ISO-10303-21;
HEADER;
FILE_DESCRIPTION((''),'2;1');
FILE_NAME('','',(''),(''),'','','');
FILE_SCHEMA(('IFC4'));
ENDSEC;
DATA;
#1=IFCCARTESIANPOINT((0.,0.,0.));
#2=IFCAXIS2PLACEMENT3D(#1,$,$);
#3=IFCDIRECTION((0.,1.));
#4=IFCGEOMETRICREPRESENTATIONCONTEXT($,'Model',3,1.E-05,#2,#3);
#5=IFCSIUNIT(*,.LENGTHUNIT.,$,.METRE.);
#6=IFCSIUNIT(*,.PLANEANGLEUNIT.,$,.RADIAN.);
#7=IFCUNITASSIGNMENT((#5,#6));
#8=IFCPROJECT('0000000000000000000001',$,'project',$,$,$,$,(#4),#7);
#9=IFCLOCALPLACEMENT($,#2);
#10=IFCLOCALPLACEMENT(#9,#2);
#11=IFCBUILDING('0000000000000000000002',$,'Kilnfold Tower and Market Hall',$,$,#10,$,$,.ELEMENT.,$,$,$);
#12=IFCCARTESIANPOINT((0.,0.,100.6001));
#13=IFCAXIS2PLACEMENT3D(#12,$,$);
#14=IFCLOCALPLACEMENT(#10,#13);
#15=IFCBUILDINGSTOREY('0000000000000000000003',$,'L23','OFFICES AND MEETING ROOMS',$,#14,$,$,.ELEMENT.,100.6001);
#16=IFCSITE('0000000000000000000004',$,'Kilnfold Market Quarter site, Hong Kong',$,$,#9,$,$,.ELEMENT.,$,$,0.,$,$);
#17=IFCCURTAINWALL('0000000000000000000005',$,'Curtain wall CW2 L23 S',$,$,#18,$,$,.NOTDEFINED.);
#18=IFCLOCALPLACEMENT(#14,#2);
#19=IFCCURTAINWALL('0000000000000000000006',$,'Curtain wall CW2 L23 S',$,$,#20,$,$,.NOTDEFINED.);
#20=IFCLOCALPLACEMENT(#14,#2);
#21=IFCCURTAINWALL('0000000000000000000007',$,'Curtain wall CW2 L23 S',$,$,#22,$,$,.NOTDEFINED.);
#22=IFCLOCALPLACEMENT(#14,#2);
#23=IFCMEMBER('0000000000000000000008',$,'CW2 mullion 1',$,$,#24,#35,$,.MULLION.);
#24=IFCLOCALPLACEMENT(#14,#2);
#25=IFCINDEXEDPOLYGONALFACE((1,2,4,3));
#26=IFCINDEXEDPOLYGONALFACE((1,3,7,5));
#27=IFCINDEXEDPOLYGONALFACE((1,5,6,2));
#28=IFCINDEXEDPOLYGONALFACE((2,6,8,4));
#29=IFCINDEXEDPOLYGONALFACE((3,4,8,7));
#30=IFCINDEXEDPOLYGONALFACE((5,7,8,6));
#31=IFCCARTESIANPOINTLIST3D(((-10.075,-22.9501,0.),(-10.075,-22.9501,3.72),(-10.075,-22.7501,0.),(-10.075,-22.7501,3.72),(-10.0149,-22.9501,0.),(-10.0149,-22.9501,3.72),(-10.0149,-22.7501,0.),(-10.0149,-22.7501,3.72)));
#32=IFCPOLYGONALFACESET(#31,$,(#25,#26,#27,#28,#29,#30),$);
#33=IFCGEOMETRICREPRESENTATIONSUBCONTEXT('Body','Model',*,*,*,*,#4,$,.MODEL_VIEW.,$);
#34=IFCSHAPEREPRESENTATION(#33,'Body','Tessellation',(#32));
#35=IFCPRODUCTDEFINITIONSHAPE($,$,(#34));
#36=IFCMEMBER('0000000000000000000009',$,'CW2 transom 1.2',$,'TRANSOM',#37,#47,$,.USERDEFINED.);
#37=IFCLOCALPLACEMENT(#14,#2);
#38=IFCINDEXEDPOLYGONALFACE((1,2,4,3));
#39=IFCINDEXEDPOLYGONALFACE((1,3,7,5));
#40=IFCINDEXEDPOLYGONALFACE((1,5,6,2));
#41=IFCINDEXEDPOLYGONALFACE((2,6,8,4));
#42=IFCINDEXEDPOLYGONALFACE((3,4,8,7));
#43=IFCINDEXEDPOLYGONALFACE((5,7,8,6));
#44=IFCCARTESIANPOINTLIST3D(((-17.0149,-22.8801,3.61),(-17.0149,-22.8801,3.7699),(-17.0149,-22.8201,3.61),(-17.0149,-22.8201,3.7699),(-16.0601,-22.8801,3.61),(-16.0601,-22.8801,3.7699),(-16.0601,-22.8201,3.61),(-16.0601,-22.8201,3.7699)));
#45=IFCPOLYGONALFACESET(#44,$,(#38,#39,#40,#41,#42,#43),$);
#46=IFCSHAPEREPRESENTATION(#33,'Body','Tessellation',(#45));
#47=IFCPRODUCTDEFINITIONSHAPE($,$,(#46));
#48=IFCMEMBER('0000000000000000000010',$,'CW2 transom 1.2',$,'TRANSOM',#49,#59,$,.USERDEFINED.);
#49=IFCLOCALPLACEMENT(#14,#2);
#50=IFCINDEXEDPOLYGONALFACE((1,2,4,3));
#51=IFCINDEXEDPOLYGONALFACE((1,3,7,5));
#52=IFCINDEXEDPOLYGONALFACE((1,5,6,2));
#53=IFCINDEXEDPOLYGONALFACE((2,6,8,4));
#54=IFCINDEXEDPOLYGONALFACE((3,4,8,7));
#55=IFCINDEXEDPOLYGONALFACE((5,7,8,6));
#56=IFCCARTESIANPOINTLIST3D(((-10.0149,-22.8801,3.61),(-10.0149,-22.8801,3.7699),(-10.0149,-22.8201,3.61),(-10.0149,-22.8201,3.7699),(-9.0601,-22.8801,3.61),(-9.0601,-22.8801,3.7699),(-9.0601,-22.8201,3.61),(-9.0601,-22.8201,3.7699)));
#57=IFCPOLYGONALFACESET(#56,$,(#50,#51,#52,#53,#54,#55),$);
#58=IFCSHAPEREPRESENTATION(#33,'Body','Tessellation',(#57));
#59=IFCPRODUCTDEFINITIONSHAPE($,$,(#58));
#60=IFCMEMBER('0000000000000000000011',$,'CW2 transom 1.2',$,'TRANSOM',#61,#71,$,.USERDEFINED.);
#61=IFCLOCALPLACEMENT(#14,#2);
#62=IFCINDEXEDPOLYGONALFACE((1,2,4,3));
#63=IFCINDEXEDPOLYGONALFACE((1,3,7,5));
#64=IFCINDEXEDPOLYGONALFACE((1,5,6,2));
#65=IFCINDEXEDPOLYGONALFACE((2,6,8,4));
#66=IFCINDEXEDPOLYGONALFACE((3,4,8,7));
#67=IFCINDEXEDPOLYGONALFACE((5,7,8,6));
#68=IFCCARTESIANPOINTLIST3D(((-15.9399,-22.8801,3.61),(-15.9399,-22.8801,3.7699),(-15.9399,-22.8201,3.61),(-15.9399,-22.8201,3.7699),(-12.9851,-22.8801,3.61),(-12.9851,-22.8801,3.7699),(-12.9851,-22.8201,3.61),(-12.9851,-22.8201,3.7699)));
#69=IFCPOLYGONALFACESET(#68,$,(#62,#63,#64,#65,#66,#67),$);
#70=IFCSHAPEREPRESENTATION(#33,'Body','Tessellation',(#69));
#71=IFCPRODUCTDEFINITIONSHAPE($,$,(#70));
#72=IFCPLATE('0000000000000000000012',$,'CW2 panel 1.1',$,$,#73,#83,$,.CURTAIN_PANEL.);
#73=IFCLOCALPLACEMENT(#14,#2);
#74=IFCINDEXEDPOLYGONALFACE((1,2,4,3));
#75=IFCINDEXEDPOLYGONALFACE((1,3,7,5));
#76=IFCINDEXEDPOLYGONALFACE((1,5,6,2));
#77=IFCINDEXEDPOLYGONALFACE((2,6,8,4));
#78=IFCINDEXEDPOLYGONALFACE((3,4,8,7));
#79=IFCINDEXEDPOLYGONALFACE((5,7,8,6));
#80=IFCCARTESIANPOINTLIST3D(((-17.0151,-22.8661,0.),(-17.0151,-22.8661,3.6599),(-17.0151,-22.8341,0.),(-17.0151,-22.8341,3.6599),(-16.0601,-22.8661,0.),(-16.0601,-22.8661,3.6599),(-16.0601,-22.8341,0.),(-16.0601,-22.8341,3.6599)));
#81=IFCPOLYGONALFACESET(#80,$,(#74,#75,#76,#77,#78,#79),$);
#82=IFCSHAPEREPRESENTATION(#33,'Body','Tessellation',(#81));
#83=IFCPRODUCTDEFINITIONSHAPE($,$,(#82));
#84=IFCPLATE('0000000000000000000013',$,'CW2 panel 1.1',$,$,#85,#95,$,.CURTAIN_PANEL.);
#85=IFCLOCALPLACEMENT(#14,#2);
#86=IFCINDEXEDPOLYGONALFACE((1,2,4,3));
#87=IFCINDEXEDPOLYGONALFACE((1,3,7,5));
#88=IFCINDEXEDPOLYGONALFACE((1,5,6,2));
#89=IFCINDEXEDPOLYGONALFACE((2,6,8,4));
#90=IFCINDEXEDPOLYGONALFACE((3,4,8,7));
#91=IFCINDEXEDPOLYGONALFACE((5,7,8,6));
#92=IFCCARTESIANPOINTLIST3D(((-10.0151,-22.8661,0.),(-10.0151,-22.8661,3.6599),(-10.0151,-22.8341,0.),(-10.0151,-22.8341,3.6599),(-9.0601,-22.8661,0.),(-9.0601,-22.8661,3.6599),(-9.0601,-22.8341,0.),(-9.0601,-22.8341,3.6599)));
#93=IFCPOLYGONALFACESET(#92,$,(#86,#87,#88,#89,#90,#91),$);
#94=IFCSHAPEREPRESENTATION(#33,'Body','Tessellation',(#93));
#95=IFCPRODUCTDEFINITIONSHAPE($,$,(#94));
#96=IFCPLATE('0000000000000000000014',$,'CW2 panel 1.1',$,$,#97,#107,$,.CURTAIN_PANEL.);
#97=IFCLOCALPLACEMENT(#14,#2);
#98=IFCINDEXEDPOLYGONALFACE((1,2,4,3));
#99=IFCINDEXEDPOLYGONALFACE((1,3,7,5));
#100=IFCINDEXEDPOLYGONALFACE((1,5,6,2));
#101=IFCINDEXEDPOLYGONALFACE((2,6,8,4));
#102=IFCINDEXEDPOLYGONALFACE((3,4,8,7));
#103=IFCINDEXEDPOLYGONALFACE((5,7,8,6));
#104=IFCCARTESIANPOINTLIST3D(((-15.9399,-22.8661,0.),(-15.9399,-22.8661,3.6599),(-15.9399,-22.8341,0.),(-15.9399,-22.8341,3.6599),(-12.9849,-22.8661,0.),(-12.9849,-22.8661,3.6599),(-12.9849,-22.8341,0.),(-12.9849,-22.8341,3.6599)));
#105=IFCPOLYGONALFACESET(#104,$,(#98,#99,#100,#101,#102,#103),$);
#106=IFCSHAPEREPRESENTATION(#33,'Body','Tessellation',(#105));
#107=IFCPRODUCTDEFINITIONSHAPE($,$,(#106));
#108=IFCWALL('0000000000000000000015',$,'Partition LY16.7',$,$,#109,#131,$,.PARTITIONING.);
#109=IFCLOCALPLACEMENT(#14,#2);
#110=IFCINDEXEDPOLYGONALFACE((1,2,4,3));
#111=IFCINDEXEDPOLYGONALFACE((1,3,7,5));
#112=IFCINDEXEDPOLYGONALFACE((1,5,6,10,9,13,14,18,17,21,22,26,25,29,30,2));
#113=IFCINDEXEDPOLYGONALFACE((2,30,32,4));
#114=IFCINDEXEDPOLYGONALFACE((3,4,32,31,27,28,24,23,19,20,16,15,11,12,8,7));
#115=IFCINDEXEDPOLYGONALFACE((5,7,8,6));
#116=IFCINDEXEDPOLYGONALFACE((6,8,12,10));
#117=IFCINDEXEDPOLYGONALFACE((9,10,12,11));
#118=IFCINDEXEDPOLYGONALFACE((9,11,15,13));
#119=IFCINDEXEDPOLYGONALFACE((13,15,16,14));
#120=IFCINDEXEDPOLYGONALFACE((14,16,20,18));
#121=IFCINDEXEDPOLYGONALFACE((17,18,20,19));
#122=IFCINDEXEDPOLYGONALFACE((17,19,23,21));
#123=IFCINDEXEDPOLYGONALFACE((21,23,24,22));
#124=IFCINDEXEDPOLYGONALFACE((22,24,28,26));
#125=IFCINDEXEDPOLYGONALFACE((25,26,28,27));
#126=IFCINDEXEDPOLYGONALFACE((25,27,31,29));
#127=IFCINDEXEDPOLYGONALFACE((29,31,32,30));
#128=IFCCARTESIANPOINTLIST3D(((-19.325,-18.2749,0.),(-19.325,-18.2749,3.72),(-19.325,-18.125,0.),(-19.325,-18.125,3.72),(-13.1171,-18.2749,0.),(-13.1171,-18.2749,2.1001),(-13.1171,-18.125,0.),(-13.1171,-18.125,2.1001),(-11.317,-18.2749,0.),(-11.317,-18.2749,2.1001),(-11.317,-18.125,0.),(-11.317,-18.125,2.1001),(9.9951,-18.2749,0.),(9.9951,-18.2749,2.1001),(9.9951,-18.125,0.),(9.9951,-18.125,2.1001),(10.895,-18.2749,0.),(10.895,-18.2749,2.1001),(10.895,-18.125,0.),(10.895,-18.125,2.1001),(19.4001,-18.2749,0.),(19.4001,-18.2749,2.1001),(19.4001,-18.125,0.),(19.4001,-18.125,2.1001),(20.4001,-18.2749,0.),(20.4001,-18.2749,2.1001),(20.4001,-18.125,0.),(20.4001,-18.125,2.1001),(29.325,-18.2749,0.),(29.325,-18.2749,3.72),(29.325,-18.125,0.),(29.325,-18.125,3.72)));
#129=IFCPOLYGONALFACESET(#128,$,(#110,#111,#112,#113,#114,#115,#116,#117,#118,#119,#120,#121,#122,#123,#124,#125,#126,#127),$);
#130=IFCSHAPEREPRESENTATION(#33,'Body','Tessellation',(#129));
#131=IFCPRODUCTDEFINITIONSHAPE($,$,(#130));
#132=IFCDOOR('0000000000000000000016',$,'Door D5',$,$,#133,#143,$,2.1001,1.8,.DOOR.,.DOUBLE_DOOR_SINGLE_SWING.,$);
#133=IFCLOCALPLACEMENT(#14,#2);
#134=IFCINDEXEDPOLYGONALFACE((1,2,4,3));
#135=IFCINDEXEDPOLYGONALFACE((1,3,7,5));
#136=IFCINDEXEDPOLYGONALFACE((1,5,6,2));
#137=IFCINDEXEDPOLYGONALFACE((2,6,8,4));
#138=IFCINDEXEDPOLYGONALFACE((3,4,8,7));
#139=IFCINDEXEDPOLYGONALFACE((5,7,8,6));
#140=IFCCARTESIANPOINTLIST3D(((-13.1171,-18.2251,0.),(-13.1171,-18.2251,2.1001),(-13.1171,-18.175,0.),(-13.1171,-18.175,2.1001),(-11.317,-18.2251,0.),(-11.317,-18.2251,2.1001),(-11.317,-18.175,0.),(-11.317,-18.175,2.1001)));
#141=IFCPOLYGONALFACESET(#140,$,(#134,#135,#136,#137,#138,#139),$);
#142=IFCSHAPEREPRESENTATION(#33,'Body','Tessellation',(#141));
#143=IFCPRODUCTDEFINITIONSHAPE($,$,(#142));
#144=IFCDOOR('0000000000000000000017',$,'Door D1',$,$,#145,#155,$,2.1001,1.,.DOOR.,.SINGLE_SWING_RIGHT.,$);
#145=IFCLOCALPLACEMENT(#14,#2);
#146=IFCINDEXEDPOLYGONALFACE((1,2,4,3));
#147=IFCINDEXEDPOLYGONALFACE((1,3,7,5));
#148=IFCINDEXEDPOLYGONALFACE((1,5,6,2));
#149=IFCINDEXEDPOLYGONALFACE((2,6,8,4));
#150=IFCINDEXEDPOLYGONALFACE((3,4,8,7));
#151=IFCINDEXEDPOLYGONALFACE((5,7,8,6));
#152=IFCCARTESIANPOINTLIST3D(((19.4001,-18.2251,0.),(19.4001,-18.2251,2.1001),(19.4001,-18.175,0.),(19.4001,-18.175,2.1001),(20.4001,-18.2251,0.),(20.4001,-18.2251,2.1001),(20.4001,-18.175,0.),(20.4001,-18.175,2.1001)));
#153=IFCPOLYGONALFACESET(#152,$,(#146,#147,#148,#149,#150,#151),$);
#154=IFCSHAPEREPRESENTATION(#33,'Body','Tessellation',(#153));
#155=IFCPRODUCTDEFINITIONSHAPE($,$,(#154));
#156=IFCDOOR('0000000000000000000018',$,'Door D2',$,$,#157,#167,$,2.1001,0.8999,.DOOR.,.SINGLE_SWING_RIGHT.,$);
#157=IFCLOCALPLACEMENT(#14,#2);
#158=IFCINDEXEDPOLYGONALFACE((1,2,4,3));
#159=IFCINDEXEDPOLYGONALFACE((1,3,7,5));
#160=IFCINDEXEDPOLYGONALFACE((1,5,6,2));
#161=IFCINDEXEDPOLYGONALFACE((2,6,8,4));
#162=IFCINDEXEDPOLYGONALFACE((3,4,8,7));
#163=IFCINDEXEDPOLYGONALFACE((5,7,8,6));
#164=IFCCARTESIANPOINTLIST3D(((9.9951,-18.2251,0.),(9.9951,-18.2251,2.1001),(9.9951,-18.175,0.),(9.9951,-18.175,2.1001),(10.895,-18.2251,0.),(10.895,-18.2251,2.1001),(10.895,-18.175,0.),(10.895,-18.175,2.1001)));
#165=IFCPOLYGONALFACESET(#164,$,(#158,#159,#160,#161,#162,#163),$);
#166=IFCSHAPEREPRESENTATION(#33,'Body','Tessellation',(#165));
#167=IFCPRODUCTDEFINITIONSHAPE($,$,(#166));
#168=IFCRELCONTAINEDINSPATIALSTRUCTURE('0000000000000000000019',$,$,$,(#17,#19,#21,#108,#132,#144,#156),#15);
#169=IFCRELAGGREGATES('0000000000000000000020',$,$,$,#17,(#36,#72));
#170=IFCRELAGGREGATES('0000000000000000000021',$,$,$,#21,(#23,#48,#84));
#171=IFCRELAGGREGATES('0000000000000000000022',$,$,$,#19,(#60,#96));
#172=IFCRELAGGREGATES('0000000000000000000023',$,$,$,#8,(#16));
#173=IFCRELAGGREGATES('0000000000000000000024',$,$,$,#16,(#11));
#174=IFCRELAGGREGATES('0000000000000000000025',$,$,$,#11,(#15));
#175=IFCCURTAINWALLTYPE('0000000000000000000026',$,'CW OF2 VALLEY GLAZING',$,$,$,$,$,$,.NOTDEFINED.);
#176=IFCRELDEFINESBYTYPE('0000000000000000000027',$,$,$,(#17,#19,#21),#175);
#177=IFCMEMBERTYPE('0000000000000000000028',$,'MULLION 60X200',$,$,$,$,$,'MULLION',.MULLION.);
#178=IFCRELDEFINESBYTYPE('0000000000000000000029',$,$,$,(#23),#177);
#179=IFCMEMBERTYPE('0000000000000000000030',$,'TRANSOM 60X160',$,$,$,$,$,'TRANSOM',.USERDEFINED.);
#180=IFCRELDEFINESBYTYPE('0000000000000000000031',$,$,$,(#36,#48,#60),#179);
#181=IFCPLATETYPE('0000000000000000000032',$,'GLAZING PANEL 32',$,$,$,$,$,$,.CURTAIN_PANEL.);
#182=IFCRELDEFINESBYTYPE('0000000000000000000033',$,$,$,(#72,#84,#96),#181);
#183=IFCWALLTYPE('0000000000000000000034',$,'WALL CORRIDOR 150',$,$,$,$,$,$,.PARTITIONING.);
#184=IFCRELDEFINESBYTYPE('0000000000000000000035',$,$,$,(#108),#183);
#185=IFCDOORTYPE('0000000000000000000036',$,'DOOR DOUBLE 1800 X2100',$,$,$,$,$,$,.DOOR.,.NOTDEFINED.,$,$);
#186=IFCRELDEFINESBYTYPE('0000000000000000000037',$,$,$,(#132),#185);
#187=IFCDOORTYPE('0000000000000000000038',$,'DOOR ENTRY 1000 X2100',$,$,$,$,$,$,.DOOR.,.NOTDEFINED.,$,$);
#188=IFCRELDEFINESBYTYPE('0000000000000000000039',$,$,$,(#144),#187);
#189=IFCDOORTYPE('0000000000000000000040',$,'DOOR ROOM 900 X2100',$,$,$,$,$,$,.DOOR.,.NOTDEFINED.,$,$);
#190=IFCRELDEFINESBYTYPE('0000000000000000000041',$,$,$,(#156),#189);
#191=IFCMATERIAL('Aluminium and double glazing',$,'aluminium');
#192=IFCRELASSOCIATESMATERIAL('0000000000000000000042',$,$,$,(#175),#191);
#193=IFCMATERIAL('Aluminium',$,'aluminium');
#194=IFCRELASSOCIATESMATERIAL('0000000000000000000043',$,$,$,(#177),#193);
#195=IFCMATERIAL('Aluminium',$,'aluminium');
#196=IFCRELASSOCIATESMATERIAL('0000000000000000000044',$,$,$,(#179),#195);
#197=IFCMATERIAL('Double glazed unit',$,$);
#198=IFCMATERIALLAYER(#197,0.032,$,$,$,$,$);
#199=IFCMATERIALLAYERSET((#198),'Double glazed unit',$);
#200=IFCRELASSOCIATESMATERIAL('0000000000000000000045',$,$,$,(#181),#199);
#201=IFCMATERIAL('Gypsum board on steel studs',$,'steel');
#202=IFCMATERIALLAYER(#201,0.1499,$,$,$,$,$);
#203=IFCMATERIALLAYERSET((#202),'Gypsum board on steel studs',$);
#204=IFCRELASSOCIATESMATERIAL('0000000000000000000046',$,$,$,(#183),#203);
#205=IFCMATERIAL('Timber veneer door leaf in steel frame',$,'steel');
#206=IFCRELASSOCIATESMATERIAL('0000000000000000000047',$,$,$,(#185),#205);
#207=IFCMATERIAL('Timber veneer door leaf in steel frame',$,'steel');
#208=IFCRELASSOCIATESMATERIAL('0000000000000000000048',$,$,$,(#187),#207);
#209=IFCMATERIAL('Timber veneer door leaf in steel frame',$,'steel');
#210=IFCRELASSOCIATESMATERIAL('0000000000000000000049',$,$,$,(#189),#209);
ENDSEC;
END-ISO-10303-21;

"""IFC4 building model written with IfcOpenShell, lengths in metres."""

from ifc_helpers import new_model, si_unit, direction, frame, frame_2d, origin, origin_2d, place, context, subcontext, project, spatial, rectangle, extrude, source, transform, mapped, material, layer, layer_set, material_profile, profile_set, type_object, element, fill, aggregate, save


model = new_model("IFC4")

# Units and contexts
model_context = context("Model", 3, precision=1e-05, world=origin(), true_north=direction((0.0, 1.0)))
body_context = subcontext(model_context, "Body", "Model", "MODEL_VIEW")
ifc_project = project(units=[si_unit("LENGTHUNIT", "METRE"), si_unit("PLANEANGLEUNIT", "RADIAN")], contexts=[model_context])

# Site, building, storey
site_placement = place(None, origin())
site = spatial("IfcSite", under=ifc_project, at=site_placement, Name="Kilnfold Market Quarter site, Hong Kong", CompositionType="ELEMENT", RefElevation=0.0)
building_placement = place(site_placement, origin())
building = spatial("IfcBuilding", under=site, at=building_placement, Name="Kilnfold Tower and Market Hall", CompositionType="ELEMENT")
storey_placement = place(building_placement, frame((0.0, 0.0, 100.6001)))
storey = spatial("IfcBuildingStorey", under=building, at=storey_placement, Name="L23", Description="OFFICES AND MEETING ROOMS", CompositionType="ELEMENT", Elevation=100.6001)

# Curtain walls
ifc_material_1 = material(Name="Aluminium and double glazing", Category="aluminium")
curtain_wall_type = type_object("IfcCurtainWallType", Name="CW OF2 VALLEY GLAZING", PredefinedType="NOTDEFINED", material=ifc_material_1)
curtain_wall_1_placement = place(storey_placement, origin())
curtain_wall_1 = element("IfcCurtainWall", 1, at=curtain_wall_1_placement, inside=storey, type_object=curtain_wall_type, Name="Curtain wall CW2 L23 S", PredefinedType="NOTDEFINED")
ifc_material_2 = material(Name="Aluminium", Category="aluminium")
ifc_material_profile_1 = material_profile(ifc_material_2, rectangle(XDim=0.0601, YDim=0.2, at=origin_2d()), Name="MULLION 60x200")
ifc_profile_set_1 = profile_set([ifc_material_profile_1], Name="Aluminium")
member_type_1 = type_object("IfcMemberType", Name="MULLION 60X200", ElementType="MULLION", PredefinedType="MULLION", material=ifc_profile_set_1)
shared_shape_1 = source(origin(), body_context, "Body", "SweptSolid", [
    extrude(rectangle(XDim=0.0601, YDim=0.2, at=origin_2d()), origin(), (0.0, 0.0, 1.0), 3.72),
])
curtain_wall_2_placement = place(storey_placement, origin())
curtain_wall_2 = element("IfcCurtainWall", 2, at=curtain_wall_2_placement, inside=storey, type_object=curtain_wall_type, Name="Curtain wall CW2 L23 S", PredefinedType="NOTDEFINED")

# Curtain wall, member
curtain_wall_3_placement = place(storey_placement, origin())
curtain_wall_3 = element("IfcCurtainWall", 3, at=curtain_wall_3_placement, inside=storey, type_object=curtain_wall_type, Name="Curtain wall CW2 L23 S", PredefinedType="NOTDEFINED")
member_1_placement = place(storey_placement, frame((-10.0449, -22.8501, 0.0), z_axis=(0.0, 0.0, 1.0), x_axis=(1.0, 0.0, 0.0)))
member_1 = element("IfcMember", 4, at=member_1_placement, type_object=member_type_1, Name="CW2 mullion 1", PredefinedType="MULLION", context=body_context, shape_type="MappedRepresentation", body=[
    mapped(shared_shape_1, transform((0.0, 0.0, 0.0))),
])

# Members
ifc_material_3 = material(Name="Aluminium", Category="aluminium")
ifc_material_profile_2 = material_profile(ifc_material_3, rectangle(XDim=0.0601, YDim=0.1599, at=origin_2d()), Name="TRANSOM 60x160")
ifc_profile_set_2 = profile_set([ifc_material_profile_2], Name="Aluminium")
member_type_2 = type_object("IfcMemberType", Name="TRANSOM 60X160", ElementType="TRANSOM", PredefinedType="USERDEFINED", material=ifc_profile_set_2)
shared_shape_2 = source(origin(), body_context, "Body", "SweptSolid", [
    extrude(rectangle(XDim=0.0601, YDim=0.1599, at=origin_2d()), origin(), (0.0, 0.0, 1.0), 0.9548),
])
member_2_placement = place(storey_placement, frame((-17.0149, -22.8501, 3.6899), z_axis=(1.0, 0.0, 0.0), x_axis=(0.0, 1.0, 0.0)))
member_2 = element("IfcMember", 5, at=member_2_placement, type_object=member_type_2, Name="CW2 transom 1.2", ObjectType="TRANSOM", PredefinedType="USERDEFINED", context=body_context, shape_type="MappedRepresentation", body=[
    mapped(shared_shape_2, transform((0.0, 0.0, 0.0))),
])
member_3_placement = place(storey_placement, frame((-10.0149, -22.8501, 3.6899), z_axis=(1.0, 0.0, 0.0), x_axis=(0.0, 1.0, 0.0)))
member_3 = element("IfcMember", 6, at=member_3_placement, type_object=member_type_2, Name="CW2 transom 1.2", ObjectType="TRANSOM", PredefinedType="USERDEFINED", context=body_context, shape_type="MappedRepresentation", body=[
    mapped(shared_shape_2, transform((0.0, 0.0, 0.0))),
])
shared_shape_3 = source(origin(), body_context, "Body", "SweptSolid", [
    extrude(rectangle(XDim=0.0601, YDim=0.1599, at=origin_2d()), origin(), (0.0, 0.0, 1.0), 2.9548),
])
member_4_placement = place(storey_placement, frame((-15.9399, -22.8501, 3.6899), z_axis=(1.0, 0.0, 0.0), x_axis=(0.0, 1.0, 0.0)))
member_4 = element("IfcMember", 7, at=member_4_placement, type_object=member_type_2, Name="CW2 transom 1.2", ObjectType="TRANSOM", PredefinedType="USERDEFINED", context=body_context, shape_type="MappedRepresentation", body=[
    mapped(shared_shape_3, transform((0.0, 0.0, 0.0))),
])

# Plates
ifc_material_4 = material(Name="Double glazed unit")
ifc_layer_1 = layer(ifc_material_4, 0.032)
ifc_layer_set_1 = layer_set([ifc_layer_1], Name="Double glazed unit")
plate_type = type_object("IfcPlateType", Name="GLAZING PANEL 32", PredefinedType="CURTAIN_PANEL", material=ifc_layer_set_1)
shared_shape_4 = source(origin(), body_context, "Body", "SweptSolid", [
    extrude(rectangle(XDim=0.9551, YDim=0.032, at=origin_2d()), origin(), (0.0, 0.0, 1.0), 3.6599),
])
plate_1_placement = place(storey_placement, frame((-16.5376, -22.8501, 0.0), z_axis=(0.0, 0.0, 1.0), x_axis=(1.0, 0.0, 0.0)))
plate_1 = element("IfcPlate", 8, at=plate_1_placement, type_object=plate_type, Name="CW2 panel 1.1", PredefinedType="CURTAIN_PANEL", context=body_context, shape_type="MappedRepresentation", body=[
    mapped(shared_shape_4, transform((0.0, 0.0, 0.0))),
])
aggregate(curtain_wall_1, [member_2, plate_1])
plate_2_placement = place(storey_placement, frame((-9.5376, -22.8501, 0.0), z_axis=(0.0, 0.0, 1.0), x_axis=(1.0, 0.0, 0.0)))
plate_2 = element("IfcPlate", 9, at=plate_2_placement, type_object=plate_type, Name="CW2 panel 1.1", PredefinedType="CURTAIN_PANEL", context=body_context, shape_type="MappedRepresentation", body=[
    mapped(shared_shape_4, transform((0.0, 0.0, 0.0))),
])
aggregate(curtain_wall_3, [member_1, member_3, plate_2])
shared_shape_5 = source(origin(), body_context, "Body", "SweptSolid", [
    extrude(rectangle(XDim=2.9551, YDim=0.032, at=origin_2d()), origin(), (0.0, 0.0, 1.0), 3.6599),
])
plate_3_placement = place(storey_placement, frame((-14.4624, -22.8501, 0.0), z_axis=(0.0, 0.0, 1.0), x_axis=(1.0, 0.0, 0.0)))
plate_3 = element("IfcPlate", 10, at=plate_3_placement, type_object=plate_type, Name="CW2 panel 1.1", PredefinedType="CURTAIN_PANEL", context=body_context, shape_type="MappedRepresentation", body=[
    mapped(shared_shape_5, transform((0.0, 0.0, 0.0))),
])
aggregate(curtain_wall_2, [member_4, plate_3])

# Wall, openings, doors
ifc_material_5 = material(Name="Gypsum board on steel studs", Category="steel")
ifc_layer_2 = layer(ifc_material_5, 0.1499)
ifc_layer_set_2 = layer_set([ifc_layer_2], Name="Gypsum board on steel studs")
wall_type_1 = type_object("IfcWallType", Name="WALL CORRIDOR 150", PredefinedType="PARTITIONING", material=ifc_layer_set_2)
wall_1_placement = place(storey_placement, frame((-19.325, -18.2, 0.0), z_axis=(0.0, 0.0, 1.0), x_axis=(1.0, 0.0, 0.0)))
wall_1 = element("IfcWall", 11, at=wall_1_placement, inside=storey, type_object=wall_type_1, Name="Partition LY16.7", PredefinedType="PARTITIONING", context=body_context, shape_type="SweptSolid", body=[
    extrude(rectangle(XDim=48.6499, YDim=0.1499, at=frame_2d((24.325, 0.0))), origin(), (0.0, 0.0, 1.0), 3.72),
])
opening_1_placement = place(wall_1_placement, frame((6.208, 0.0, 0.0)))
opening_1 = element("IfcOpeningElement", 12, at=opening_1_placement, cuts=wall_1, PredefinedType="OPENING", context=body_context, shape_type="SweptSolid", body=[
    extrude(rectangle(XDim=1.8, YDim=2.1001, at=frame_2d((0.8999, 1.05))), frame((0.0, 0.085, 0.0), z_axis=(0.0, -1.0, 0.0), x_axis=(1.0, 0.0, 0.0)), (0.0, 0.0, 1.0), 0.1699),
])
opening_2_placement = place(wall_1_placement, frame((29.3201, 0.0, 0.0)))
opening_2 = element("IfcOpeningElement", 13, at=opening_2_placement, cuts=wall_1, PredefinedType="OPENING", context=body_context, shape_type="SweptSolid", body=[
    extrude(rectangle(XDim=0.8999, YDim=2.1001, at=frame_2d((0.45, 1.05))), frame((0.0, 0.085, 0.0), z_axis=(0.0, -1.0, 0.0), x_axis=(1.0, 0.0, 0.0)), (0.0, 0.0, 1.0), 0.1699),
])
opening_3_placement = place(wall_1_placement, frame((38.7251, 0.0, 0.0)))
opening_3 = element("IfcOpeningElement", 14, at=opening_3_placement, cuts=wall_1, PredefinedType="OPENING", context=body_context, shape_type="SweptSolid", body=[
    extrude(rectangle(XDim=1.0, YDim=2.1001, at=frame_2d((0.5, 1.05))), frame((0.0, 0.085, 0.0), z_axis=(0.0, -1.0, 0.0), x_axis=(1.0, 0.0, 0.0)), (0.0, 0.0, 1.0), 0.1699),
])
ifc_material_6 = material(Name="Timber veneer door leaf in steel frame", Category="steel")
door_type_1 = type_object("IfcDoorType", Name="DOOR DOUBLE 1800 X2100", OperationType="NOTDEFINED", PredefinedType="DOOR", material=ifc_material_6)
door_1_placement = place(opening_1_placement, origin())
door_1 = element("IfcDoor", 15, at=door_1_placement, inside=storey, type_object=door_type_1, Name="Door D5", OperationType="DOUBLE_DOOR_SINGLE_SWING", OverallHeight=2.1001, OverallWidth=1.8, PredefinedType="DOOR", context=body_context, shape_type="SweptSolid", body=[
    extrude(rectangle(XDim=1.8, YDim=2.1001, at=frame_2d((0.8999, 1.05))), frame((0.0, 0.0249, 0.0), z_axis=(0.0, -1.0, 0.0), x_axis=(1.0, 0.0, 0.0)), (0.0, 0.0, 1.0), 0.05),
])
fill(opening_1, door_1)
ifc_material_7 = material(Name="Timber veneer door leaf in steel frame", Category="steel")
door_type_2 = type_object("IfcDoorType", Name="DOOR ENTRY 1000 X2100", OperationType="NOTDEFINED", PredefinedType="DOOR", material=ifc_material_7)
door_2_placement = place(opening_3_placement, origin())
door_2 = element("IfcDoor", 16, at=door_2_placement, inside=storey, type_object=door_type_2, Name="Door D1", OperationType="SINGLE_SWING_RIGHT", OverallHeight=2.1001, OverallWidth=1.0, PredefinedType="DOOR", context=body_context, shape_type="SweptSolid", body=[
    extrude(rectangle(XDim=1.0, YDim=2.1001, at=frame_2d((0.5, 1.05))), frame((0.0, 0.0249, 0.0), z_axis=(0.0, -1.0, 0.0), x_axis=(1.0, 0.0, 0.0)), (0.0, 0.0, 1.0), 0.05),
])
fill(opening_3, door_2)
ifc_material_8 = material(Name="Timber veneer door leaf in steel frame", Category="steel")
door_type_3 = type_object("IfcDoorType", Name="DOOR ROOM 900 X2100", OperationType="NOTDEFINED", PredefinedType="DOOR", material=ifc_material_8)
door_3_placement = place(opening_2_placement, origin())
door_3 = element("IfcDoor", 17, at=door_3_placement, inside=storey, type_object=door_type_3, Name="Door D2", OperationType="SINGLE_SWING_RIGHT", OverallHeight=2.1001, OverallWidth=0.8999, PredefinedType="DOOR", context=body_context, shape_type="SweptSolid", body=[
    extrude(rectangle(XDim=0.8999, YDim=2.1001, at=frame_2d((0.45, 1.05))), frame((0.0, 0.0249, 0.0), z_axis=(0.0, -1.0, 0.0), x_axis=(1.0, 0.0, 0.0)), (0.0, 0.0, 1.0), 0.05),
])
fill(opening_2, door_3)

save(model, "model.ifc")
